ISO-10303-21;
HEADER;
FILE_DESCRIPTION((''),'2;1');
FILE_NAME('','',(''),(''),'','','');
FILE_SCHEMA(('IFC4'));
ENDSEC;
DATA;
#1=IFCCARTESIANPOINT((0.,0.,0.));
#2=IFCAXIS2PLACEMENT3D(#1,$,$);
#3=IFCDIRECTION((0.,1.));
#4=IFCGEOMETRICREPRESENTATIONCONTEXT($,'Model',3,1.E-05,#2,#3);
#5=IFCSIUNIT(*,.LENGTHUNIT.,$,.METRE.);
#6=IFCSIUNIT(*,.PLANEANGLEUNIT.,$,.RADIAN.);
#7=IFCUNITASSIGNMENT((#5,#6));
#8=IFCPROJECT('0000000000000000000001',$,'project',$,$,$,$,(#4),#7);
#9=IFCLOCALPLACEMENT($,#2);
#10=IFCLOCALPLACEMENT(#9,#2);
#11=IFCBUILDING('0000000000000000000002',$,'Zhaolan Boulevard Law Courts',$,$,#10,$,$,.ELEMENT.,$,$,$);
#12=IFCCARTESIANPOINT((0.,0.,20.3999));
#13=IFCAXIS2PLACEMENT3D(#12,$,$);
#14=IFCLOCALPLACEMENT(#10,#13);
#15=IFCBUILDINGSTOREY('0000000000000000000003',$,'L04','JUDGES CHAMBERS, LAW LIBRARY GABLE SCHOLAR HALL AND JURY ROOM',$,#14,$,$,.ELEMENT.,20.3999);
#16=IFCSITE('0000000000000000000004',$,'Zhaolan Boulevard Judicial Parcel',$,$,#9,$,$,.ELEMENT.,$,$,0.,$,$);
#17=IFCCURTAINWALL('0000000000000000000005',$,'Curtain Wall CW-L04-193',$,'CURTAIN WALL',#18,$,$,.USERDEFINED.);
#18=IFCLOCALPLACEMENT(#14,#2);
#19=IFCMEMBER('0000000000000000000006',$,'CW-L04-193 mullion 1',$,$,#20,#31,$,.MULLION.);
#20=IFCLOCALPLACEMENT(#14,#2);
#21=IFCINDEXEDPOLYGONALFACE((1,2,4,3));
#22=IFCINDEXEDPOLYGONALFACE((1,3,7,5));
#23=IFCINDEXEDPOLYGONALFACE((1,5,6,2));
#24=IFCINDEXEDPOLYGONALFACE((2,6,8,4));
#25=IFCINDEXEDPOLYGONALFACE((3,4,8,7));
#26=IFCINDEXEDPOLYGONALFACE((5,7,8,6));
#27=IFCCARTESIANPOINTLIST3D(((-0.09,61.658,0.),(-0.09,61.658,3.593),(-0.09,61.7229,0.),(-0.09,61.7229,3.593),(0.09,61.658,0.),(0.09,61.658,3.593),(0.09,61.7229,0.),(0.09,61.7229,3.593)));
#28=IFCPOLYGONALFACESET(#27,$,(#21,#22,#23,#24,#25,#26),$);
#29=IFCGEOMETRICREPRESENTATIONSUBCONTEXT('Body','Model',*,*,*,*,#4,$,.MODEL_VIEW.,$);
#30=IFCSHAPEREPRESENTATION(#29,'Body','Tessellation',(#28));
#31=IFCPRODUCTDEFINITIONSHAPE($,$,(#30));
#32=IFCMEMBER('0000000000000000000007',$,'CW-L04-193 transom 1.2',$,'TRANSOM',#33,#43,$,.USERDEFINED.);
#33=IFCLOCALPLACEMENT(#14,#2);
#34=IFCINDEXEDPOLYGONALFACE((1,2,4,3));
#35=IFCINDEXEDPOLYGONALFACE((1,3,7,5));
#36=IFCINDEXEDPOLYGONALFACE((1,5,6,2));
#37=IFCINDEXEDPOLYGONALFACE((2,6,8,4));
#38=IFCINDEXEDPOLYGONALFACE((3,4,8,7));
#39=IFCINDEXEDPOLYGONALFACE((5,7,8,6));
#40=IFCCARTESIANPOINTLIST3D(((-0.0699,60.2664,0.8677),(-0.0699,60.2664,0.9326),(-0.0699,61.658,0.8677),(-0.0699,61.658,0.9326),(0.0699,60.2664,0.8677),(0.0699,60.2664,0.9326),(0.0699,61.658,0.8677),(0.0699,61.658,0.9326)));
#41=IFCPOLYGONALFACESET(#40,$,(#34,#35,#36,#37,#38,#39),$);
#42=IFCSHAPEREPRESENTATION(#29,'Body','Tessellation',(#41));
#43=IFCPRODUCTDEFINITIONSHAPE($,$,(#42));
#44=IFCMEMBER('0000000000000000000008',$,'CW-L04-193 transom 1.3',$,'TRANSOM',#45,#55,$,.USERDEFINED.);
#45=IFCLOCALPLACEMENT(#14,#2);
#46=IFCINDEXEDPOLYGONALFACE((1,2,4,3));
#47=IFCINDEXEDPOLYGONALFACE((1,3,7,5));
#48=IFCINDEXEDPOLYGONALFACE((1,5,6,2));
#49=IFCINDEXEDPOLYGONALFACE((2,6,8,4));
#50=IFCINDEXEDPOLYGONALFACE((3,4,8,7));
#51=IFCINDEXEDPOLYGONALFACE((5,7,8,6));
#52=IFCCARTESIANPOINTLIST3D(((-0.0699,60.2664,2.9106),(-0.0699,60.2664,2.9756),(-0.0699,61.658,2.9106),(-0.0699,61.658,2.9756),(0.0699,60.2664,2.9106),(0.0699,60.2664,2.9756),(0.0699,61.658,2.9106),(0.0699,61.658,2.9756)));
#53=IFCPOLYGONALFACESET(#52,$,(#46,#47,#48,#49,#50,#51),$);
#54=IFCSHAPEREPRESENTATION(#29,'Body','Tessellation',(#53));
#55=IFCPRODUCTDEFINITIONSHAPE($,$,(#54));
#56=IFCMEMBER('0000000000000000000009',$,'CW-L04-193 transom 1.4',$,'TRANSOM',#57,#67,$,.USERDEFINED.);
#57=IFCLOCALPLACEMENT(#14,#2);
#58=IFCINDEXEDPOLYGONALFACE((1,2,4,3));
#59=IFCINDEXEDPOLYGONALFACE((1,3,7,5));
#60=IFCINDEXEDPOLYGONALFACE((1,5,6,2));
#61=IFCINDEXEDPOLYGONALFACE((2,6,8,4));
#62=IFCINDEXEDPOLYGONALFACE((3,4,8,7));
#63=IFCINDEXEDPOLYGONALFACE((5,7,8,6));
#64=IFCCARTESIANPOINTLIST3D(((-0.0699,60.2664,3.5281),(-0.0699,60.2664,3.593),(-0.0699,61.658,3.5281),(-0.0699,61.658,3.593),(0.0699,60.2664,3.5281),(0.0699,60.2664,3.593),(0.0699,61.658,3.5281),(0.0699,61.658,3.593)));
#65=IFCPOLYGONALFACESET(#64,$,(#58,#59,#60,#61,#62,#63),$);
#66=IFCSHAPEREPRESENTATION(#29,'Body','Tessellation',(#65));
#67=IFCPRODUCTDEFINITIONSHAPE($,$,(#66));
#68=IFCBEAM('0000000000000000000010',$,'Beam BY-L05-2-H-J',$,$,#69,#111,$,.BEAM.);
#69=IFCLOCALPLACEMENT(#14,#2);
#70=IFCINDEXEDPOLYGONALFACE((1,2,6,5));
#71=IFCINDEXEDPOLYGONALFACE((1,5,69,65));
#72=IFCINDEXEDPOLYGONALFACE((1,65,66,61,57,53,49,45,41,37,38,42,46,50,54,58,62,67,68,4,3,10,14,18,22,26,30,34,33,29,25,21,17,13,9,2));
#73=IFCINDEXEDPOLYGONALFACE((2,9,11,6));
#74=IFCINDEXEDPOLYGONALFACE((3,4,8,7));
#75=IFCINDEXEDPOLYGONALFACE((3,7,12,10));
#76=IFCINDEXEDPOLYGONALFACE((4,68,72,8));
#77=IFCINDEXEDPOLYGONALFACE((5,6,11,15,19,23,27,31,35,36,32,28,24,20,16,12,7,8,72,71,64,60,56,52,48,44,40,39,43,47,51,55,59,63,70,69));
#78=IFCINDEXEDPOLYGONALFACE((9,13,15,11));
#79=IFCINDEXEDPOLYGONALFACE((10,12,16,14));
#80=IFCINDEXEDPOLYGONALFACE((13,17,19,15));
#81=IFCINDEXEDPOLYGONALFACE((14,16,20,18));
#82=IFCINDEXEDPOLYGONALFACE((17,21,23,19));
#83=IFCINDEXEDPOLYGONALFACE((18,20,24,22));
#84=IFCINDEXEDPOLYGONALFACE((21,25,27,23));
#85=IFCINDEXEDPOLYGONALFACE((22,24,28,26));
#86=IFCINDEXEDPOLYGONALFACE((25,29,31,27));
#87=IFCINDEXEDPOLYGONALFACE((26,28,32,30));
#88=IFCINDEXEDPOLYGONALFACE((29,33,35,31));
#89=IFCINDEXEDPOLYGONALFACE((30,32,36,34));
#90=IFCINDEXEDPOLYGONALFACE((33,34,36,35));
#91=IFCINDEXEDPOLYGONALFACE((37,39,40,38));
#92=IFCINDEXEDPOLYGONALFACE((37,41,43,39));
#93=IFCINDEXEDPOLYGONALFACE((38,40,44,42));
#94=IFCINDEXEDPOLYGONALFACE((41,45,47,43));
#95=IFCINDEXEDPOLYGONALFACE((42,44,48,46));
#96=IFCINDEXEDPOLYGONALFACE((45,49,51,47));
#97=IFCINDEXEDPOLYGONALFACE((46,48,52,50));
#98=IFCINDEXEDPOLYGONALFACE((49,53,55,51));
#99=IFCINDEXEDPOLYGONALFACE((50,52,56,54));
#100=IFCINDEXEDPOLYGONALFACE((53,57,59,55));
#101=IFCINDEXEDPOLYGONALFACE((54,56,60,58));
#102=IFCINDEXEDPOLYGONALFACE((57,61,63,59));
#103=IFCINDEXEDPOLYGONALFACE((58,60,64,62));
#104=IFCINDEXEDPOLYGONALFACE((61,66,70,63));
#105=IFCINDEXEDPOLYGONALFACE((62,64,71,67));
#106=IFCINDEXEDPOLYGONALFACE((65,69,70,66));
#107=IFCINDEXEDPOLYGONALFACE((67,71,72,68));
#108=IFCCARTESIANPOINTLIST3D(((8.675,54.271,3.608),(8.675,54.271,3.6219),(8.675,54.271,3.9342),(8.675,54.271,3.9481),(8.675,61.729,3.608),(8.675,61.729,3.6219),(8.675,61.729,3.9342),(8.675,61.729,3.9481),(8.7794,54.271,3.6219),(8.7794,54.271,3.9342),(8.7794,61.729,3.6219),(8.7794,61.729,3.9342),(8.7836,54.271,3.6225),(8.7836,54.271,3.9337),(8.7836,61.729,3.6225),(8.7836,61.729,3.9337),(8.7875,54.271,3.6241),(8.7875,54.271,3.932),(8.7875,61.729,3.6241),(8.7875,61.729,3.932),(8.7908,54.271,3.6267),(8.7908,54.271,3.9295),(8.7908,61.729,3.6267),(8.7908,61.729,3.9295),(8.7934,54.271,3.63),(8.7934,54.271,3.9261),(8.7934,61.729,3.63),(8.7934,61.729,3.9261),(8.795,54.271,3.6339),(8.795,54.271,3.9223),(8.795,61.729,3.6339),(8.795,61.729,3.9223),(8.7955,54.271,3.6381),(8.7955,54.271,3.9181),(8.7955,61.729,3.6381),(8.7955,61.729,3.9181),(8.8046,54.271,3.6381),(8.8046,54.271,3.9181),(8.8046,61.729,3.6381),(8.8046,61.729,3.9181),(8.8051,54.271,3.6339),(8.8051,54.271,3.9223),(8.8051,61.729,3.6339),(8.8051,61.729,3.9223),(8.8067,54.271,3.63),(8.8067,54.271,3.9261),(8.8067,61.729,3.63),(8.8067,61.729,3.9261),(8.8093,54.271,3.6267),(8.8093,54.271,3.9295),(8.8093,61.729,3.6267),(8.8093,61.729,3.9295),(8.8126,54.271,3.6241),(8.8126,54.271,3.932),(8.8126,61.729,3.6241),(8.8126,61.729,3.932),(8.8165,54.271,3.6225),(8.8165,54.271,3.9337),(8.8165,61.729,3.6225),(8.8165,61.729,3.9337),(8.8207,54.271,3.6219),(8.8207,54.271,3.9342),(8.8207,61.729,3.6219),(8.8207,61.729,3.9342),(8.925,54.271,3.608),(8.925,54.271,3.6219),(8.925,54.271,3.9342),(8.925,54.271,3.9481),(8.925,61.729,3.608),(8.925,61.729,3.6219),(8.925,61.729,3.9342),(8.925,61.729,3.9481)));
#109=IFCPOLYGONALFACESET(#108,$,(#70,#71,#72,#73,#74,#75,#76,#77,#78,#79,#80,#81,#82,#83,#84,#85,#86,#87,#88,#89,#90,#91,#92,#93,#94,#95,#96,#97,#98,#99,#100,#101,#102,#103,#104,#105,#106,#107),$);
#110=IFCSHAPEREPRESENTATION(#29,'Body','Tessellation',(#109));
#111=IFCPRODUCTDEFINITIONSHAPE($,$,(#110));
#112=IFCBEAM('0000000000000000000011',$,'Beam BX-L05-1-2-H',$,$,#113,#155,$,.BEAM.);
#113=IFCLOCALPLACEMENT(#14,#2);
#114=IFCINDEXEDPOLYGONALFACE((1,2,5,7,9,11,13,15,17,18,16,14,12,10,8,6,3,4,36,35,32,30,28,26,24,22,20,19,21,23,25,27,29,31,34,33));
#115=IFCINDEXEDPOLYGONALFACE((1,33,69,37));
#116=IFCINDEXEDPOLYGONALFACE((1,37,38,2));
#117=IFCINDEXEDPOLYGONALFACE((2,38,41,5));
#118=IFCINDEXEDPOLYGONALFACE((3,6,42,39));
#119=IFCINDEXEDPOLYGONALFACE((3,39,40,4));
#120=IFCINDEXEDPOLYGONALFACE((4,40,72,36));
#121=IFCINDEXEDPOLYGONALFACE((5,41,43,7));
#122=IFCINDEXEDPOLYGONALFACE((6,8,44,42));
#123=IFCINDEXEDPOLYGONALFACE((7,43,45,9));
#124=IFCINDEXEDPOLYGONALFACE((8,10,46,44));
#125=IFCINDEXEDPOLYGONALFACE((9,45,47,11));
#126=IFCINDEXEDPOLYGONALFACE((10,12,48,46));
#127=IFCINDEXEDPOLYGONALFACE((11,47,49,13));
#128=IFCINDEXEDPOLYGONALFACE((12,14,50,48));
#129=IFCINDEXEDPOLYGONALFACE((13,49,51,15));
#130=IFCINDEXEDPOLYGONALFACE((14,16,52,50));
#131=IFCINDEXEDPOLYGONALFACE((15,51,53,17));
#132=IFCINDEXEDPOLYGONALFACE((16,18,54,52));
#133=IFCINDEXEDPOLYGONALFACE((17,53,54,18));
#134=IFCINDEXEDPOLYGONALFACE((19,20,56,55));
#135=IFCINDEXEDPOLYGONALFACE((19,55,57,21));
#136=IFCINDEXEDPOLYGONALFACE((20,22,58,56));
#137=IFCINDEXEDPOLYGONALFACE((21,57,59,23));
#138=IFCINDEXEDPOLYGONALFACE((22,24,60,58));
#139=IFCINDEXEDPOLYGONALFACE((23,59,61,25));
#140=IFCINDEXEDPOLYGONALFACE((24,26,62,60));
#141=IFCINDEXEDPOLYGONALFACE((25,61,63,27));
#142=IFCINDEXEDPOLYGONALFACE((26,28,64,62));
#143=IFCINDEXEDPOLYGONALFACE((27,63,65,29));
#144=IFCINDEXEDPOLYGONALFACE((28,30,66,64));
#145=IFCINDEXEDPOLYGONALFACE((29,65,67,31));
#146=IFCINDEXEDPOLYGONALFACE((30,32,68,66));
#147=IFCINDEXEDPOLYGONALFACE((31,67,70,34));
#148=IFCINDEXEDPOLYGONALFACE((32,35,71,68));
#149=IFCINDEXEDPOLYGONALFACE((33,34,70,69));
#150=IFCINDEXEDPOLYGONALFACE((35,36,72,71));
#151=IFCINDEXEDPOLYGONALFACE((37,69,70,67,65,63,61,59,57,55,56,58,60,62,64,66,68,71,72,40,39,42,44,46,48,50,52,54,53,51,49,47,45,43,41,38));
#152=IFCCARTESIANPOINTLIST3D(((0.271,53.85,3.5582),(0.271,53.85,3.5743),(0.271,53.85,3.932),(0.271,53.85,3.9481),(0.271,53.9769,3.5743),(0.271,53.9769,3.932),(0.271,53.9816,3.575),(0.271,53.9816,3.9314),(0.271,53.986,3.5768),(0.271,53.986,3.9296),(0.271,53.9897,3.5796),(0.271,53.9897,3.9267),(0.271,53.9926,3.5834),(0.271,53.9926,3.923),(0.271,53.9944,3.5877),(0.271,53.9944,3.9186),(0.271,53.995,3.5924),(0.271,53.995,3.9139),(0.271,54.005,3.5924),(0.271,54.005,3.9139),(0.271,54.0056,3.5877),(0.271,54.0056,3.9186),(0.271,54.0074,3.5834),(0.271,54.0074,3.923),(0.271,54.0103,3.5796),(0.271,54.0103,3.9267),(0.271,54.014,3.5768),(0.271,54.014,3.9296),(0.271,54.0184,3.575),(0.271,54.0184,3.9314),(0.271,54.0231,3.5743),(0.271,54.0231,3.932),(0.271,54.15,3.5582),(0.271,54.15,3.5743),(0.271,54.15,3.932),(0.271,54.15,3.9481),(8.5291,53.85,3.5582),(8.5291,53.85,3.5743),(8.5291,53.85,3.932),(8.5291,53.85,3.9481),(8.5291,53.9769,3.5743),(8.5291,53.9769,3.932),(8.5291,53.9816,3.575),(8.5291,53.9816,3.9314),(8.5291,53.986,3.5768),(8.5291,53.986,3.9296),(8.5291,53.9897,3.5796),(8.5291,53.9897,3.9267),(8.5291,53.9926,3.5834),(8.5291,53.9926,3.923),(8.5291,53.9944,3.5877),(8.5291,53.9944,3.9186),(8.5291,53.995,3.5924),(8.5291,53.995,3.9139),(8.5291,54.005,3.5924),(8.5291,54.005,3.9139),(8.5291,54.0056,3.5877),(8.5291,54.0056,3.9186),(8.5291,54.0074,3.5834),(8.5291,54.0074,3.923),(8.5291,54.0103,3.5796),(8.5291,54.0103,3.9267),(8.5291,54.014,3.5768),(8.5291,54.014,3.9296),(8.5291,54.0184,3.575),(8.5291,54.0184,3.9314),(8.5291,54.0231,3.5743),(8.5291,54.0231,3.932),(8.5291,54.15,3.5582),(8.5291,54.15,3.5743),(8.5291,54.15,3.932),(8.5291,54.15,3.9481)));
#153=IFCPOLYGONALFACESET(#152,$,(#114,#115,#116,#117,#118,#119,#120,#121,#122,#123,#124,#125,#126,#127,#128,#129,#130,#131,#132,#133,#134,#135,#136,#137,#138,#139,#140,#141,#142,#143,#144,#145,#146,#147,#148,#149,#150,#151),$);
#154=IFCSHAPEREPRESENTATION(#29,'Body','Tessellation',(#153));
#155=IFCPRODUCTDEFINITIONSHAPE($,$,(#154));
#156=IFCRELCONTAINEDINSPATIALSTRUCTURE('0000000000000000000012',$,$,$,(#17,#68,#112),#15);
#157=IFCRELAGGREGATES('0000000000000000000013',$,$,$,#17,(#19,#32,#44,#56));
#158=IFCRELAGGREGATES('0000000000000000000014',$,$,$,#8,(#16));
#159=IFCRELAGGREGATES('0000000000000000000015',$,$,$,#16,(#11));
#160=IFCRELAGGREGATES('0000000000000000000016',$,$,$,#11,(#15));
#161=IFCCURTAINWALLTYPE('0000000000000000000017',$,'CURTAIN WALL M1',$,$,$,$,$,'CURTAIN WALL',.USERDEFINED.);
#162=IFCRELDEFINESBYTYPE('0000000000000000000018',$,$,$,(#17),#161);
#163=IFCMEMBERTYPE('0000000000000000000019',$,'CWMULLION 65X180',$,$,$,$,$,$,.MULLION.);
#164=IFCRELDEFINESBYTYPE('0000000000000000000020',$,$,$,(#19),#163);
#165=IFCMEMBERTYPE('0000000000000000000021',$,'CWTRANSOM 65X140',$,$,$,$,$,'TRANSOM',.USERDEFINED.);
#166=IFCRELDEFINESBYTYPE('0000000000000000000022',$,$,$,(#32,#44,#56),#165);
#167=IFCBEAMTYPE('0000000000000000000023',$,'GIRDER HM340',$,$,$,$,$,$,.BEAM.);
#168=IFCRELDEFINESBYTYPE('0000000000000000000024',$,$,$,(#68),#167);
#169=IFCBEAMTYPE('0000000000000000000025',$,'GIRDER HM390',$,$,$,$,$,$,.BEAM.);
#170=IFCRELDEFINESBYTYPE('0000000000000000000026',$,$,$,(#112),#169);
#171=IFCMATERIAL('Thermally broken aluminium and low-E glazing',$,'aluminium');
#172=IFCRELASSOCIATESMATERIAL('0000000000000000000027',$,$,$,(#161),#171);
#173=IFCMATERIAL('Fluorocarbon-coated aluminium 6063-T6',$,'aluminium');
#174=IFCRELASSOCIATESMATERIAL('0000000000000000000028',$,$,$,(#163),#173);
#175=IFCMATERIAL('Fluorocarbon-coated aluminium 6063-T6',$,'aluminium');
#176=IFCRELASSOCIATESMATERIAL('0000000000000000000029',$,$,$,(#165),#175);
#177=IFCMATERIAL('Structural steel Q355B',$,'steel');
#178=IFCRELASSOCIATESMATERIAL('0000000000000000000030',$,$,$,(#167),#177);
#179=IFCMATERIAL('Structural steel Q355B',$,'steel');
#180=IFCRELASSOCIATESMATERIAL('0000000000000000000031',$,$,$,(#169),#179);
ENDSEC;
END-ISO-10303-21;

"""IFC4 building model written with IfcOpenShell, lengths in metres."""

from ifc_helpers import new_model, si_unit, direction, frame, origin, origin_2d, place, context, subcontext, project, spatial, rectangle, i_section, extrude, material, material_profile, profile_set, type_object, element, aggregate, save


model = new_model("IFC4")

# Units and contexts
model_context = context("Model", 3, precision=1e-05, world=origin(), true_north=direction((0.0, 1.0)))
body_context = subcontext(model_context, "Body", "Model", "MODEL_VIEW")
ifc_project = project(units=[si_unit("LENGTHUNIT", "METRE"), si_unit("PLANEANGLEUNIT", "RADIAN")], contexts=[model_context])

# Site, building, storey
site_placement = place(None, origin())
site = spatial("IfcSite", under=ifc_project, at=site_placement, Name="Zhaolan Boulevard Judicial Parcel", CompositionType="ELEMENT", RefElevation=0.0)
building_placement = place(site_placement, origin())
building = spatial("IfcBuilding", under=site, at=building_placement, Name="Zhaolan Boulevard Law Courts", CompositionType="ELEMENT")
storey_placement = place(building_placement, frame((0.0, 0.0, 20.3999)))
storey = spatial("IfcBuildingStorey", under=building, at=storey_placement, Name="L04", Description="JUDGES CHAMBERS, LAW LIBRARY GABLE SCHOLAR HALL AND JURY ROOM", CompositionType="ELEMENT", Elevation=20.3999)

# Curtain wall, members
ifc_material_1 = material(Name="Thermally broken aluminium and low-E glazing", Category="aluminium")
curtain_wall_type = type_object("IfcCurtainWallType", Name="CURTAIN WALL M1", ElementType="CURTAIN WALL", PredefinedType="USERDEFINED", material=ifc_material_1)
curtain_wall_placement = place(storey_placement, origin())
curtain_wall = element("IfcCurtainWall", 1, at=curtain_wall_placement, inside=storey, type_object=curtain_wall_type, Name="Curtain Wall CW-L04-193", ObjectType="CURTAIN WALL", PredefinedType="USERDEFINED")
ifc_material_2 = material(Name="Fluorocarbon-coated aluminium 6063-T6", Category="aluminium")
ifc_material_profile_1 = material_profile(ifc_material_2, rectangle(XDim=0.1799, YDim=0.0649, at=origin_2d()), Name="AL65x180")
ifc_profile_set_1 = profile_set([ifc_material_profile_1], Name="Fluorocarbon-coated aluminium 6063-T6")
member_type_1 = type_object("IfcMemberType", Name="CWMULLION 65X180", PredefinedType="MULLION", material=ifc_profile_set_1)
member_1_placement = place(storey_placement, frame((0.0, 61.6904, 0.0), z_axis=(0.0, 0.0, 1.0), x_axis=(1.0, 0.0, 0.0)))
member_1 = element("IfcMember", 2, at=member_1_placement, type_object=member_type_1, Name="CW-L04-193 mullion 1", PredefinedType="MULLION", context=body_context, shape_type="SweptSolid", body=[
    extrude(rectangle(XDim=0.1799, YDim=0.0649, at=origin_2d()), origin(), (0.0, 0.0, 1.0), 3.593),
])
ifc_material_3 = material(Name="Fluorocarbon-coated aluminium 6063-T6", Category="aluminium")
ifc_material_profile_2 = material_profile(ifc_material_3, rectangle(XDim=0.1399, YDim=0.0649, at=origin_2d()), Name="AL65x140")
ifc_profile_set_2 = profile_set([ifc_material_profile_2], Name="Fluorocarbon-coated aluminium 6063-T6")
member_type_2 = type_object("IfcMemberType", Name="CWTRANSOM 65X140", ElementType="TRANSOM", PredefinedType="USERDEFINED", material=ifc_profile_set_2)
member_2_placement = place(storey_placement, frame((0.0, 61.658, 0.9001), z_axis=(0.0, -1.0, 0.0), x_axis=(1.0, 0.0, 0.0)))
member_2 = element("IfcMember", 3, at=member_2_placement, type_object=member_type_2, Name="CW-L04-193 transom 1.2", ObjectType="TRANSOM", PredefinedType="USERDEFINED", context=body_context, shape_type="SweptSolid", body=[
    extrude(rectangle(XDim=0.1399, YDim=0.0649, at=origin_2d()), origin(), (0.0, 0.0, 1.0), 1.3916),
])
member_3_placement = place(storey_placement, frame((0.0, 61.658, 2.9431), z_axis=(0.0, -1.0, 0.0), x_axis=(1.0, 0.0, 0.0)))
member_3 = element("IfcMember", 4, at=member_3_placement, type_object=member_type_2, Name="CW-L04-193 transom 1.3", ObjectType="TRANSOM", PredefinedType="USERDEFINED", context=body_context, shape_type="SweptSolid", body=[
    extrude(rectangle(XDim=0.1399, YDim=0.0649, at=origin_2d()), origin(), (0.0, 0.0, 1.0), 1.3916),
])
member_4_placement = place(storey_placement, frame((0.0, 61.658, 3.5605), z_axis=(0.0, -1.0, 0.0), x_axis=(1.0, 0.0, 0.0)))
member_4 = element("IfcMember", 5, at=member_4_placement, type_object=member_type_2, Name="CW-L04-193 transom 1.4", ObjectType="TRANSOM", PredefinedType="USERDEFINED", context=body_context, shape_type="SweptSolid", body=[
    extrude(rectangle(XDim=0.1399, YDim=0.0649, at=origin_2d()), origin(), (0.0, 0.0, 1.0), 1.3916),
])
aggregate(curtain_wall, [member_1, member_2, member_3, member_4])

# Beams
ifc_material_4 = material(Name="Structural steel Q355B", Category="steel")
ifc_material_profile_3 = material_profile(ifc_material_4, i_section(OverallWidth=0.25, OverallDepth=0.3401, WebThickness=0.009, FlangeThickness=0.0139, FilletRadius=0.0161, at=origin_2d()), Name="HM340x250")
ifc_profile_set_3 = profile_set([ifc_material_profile_3], Name="Structural steel Q355B")
beam_type_1 = type_object("IfcBeamType", Name="GIRDER HM340", PredefinedType="BEAM", material=ifc_profile_set_3)
beam_1_placement = place(storey_placement, frame((8.8, 54.271, 3.7781), z_axis=(0.0, 1.0, 0.0), x_axis=(-1.0, 0.0, 0.0)))
element("IfcBeam", 6, at=beam_1_placement, inside=storey, type_object=beam_type_1, Name="Beam BY-L05-2-H-J", PredefinedType="BEAM", context=body_context, shape_type="SweptSolid", body=[
    extrude(i_section(OverallWidth=0.25, OverallDepth=0.3401, WebThickness=0.009, FlangeThickness=0.0139, FilletRadius=0.0161, at=origin_2d()), origin(), (0.0, 0.0, 1.0), 7.458),
])
ifc_material_5 = material(Name="Structural steel Q355B", Category="steel")
ifc_material_profile_4 = material_profile(ifc_material_5, i_section(OverallWidth=0.3, OverallDepth=0.3899, WebThickness=0.01, FlangeThickness=0.0161, FilletRadius=0.0181, at=origin_2d()), Name="HM390x300")
ifc_profile_set_4 = profile_set([ifc_material_profile_4], Name="Structural steel Q355B")
beam_type_2 = type_object("IfcBeamType", Name="GIRDER HM390", PredefinedType="BEAM", material=ifc_profile_set_4)
beam_2_placement = place(storey_placement, frame((0.271, 54.0, 3.7532), z_axis=(1.0, 0.0, 0.0), x_axis=(0.0, 1.0, 0.0)))
element("IfcBeam", 7, at=beam_2_placement, inside=storey, type_object=beam_type_2, Name="Beam BX-L05-1-2-H", PredefinedType="BEAM", context=body_context, shape_type="SweptSolid", body=[
    extrude(i_section(OverallWidth=0.3, OverallDepth=0.3899, WebThickness=0.01, FlangeThickness=0.0161, FilletRadius=0.0181, at=origin_2d()), origin(), (0.0, 0.0, 1.0), 8.2581),
])

save(model, "model.ifc")
